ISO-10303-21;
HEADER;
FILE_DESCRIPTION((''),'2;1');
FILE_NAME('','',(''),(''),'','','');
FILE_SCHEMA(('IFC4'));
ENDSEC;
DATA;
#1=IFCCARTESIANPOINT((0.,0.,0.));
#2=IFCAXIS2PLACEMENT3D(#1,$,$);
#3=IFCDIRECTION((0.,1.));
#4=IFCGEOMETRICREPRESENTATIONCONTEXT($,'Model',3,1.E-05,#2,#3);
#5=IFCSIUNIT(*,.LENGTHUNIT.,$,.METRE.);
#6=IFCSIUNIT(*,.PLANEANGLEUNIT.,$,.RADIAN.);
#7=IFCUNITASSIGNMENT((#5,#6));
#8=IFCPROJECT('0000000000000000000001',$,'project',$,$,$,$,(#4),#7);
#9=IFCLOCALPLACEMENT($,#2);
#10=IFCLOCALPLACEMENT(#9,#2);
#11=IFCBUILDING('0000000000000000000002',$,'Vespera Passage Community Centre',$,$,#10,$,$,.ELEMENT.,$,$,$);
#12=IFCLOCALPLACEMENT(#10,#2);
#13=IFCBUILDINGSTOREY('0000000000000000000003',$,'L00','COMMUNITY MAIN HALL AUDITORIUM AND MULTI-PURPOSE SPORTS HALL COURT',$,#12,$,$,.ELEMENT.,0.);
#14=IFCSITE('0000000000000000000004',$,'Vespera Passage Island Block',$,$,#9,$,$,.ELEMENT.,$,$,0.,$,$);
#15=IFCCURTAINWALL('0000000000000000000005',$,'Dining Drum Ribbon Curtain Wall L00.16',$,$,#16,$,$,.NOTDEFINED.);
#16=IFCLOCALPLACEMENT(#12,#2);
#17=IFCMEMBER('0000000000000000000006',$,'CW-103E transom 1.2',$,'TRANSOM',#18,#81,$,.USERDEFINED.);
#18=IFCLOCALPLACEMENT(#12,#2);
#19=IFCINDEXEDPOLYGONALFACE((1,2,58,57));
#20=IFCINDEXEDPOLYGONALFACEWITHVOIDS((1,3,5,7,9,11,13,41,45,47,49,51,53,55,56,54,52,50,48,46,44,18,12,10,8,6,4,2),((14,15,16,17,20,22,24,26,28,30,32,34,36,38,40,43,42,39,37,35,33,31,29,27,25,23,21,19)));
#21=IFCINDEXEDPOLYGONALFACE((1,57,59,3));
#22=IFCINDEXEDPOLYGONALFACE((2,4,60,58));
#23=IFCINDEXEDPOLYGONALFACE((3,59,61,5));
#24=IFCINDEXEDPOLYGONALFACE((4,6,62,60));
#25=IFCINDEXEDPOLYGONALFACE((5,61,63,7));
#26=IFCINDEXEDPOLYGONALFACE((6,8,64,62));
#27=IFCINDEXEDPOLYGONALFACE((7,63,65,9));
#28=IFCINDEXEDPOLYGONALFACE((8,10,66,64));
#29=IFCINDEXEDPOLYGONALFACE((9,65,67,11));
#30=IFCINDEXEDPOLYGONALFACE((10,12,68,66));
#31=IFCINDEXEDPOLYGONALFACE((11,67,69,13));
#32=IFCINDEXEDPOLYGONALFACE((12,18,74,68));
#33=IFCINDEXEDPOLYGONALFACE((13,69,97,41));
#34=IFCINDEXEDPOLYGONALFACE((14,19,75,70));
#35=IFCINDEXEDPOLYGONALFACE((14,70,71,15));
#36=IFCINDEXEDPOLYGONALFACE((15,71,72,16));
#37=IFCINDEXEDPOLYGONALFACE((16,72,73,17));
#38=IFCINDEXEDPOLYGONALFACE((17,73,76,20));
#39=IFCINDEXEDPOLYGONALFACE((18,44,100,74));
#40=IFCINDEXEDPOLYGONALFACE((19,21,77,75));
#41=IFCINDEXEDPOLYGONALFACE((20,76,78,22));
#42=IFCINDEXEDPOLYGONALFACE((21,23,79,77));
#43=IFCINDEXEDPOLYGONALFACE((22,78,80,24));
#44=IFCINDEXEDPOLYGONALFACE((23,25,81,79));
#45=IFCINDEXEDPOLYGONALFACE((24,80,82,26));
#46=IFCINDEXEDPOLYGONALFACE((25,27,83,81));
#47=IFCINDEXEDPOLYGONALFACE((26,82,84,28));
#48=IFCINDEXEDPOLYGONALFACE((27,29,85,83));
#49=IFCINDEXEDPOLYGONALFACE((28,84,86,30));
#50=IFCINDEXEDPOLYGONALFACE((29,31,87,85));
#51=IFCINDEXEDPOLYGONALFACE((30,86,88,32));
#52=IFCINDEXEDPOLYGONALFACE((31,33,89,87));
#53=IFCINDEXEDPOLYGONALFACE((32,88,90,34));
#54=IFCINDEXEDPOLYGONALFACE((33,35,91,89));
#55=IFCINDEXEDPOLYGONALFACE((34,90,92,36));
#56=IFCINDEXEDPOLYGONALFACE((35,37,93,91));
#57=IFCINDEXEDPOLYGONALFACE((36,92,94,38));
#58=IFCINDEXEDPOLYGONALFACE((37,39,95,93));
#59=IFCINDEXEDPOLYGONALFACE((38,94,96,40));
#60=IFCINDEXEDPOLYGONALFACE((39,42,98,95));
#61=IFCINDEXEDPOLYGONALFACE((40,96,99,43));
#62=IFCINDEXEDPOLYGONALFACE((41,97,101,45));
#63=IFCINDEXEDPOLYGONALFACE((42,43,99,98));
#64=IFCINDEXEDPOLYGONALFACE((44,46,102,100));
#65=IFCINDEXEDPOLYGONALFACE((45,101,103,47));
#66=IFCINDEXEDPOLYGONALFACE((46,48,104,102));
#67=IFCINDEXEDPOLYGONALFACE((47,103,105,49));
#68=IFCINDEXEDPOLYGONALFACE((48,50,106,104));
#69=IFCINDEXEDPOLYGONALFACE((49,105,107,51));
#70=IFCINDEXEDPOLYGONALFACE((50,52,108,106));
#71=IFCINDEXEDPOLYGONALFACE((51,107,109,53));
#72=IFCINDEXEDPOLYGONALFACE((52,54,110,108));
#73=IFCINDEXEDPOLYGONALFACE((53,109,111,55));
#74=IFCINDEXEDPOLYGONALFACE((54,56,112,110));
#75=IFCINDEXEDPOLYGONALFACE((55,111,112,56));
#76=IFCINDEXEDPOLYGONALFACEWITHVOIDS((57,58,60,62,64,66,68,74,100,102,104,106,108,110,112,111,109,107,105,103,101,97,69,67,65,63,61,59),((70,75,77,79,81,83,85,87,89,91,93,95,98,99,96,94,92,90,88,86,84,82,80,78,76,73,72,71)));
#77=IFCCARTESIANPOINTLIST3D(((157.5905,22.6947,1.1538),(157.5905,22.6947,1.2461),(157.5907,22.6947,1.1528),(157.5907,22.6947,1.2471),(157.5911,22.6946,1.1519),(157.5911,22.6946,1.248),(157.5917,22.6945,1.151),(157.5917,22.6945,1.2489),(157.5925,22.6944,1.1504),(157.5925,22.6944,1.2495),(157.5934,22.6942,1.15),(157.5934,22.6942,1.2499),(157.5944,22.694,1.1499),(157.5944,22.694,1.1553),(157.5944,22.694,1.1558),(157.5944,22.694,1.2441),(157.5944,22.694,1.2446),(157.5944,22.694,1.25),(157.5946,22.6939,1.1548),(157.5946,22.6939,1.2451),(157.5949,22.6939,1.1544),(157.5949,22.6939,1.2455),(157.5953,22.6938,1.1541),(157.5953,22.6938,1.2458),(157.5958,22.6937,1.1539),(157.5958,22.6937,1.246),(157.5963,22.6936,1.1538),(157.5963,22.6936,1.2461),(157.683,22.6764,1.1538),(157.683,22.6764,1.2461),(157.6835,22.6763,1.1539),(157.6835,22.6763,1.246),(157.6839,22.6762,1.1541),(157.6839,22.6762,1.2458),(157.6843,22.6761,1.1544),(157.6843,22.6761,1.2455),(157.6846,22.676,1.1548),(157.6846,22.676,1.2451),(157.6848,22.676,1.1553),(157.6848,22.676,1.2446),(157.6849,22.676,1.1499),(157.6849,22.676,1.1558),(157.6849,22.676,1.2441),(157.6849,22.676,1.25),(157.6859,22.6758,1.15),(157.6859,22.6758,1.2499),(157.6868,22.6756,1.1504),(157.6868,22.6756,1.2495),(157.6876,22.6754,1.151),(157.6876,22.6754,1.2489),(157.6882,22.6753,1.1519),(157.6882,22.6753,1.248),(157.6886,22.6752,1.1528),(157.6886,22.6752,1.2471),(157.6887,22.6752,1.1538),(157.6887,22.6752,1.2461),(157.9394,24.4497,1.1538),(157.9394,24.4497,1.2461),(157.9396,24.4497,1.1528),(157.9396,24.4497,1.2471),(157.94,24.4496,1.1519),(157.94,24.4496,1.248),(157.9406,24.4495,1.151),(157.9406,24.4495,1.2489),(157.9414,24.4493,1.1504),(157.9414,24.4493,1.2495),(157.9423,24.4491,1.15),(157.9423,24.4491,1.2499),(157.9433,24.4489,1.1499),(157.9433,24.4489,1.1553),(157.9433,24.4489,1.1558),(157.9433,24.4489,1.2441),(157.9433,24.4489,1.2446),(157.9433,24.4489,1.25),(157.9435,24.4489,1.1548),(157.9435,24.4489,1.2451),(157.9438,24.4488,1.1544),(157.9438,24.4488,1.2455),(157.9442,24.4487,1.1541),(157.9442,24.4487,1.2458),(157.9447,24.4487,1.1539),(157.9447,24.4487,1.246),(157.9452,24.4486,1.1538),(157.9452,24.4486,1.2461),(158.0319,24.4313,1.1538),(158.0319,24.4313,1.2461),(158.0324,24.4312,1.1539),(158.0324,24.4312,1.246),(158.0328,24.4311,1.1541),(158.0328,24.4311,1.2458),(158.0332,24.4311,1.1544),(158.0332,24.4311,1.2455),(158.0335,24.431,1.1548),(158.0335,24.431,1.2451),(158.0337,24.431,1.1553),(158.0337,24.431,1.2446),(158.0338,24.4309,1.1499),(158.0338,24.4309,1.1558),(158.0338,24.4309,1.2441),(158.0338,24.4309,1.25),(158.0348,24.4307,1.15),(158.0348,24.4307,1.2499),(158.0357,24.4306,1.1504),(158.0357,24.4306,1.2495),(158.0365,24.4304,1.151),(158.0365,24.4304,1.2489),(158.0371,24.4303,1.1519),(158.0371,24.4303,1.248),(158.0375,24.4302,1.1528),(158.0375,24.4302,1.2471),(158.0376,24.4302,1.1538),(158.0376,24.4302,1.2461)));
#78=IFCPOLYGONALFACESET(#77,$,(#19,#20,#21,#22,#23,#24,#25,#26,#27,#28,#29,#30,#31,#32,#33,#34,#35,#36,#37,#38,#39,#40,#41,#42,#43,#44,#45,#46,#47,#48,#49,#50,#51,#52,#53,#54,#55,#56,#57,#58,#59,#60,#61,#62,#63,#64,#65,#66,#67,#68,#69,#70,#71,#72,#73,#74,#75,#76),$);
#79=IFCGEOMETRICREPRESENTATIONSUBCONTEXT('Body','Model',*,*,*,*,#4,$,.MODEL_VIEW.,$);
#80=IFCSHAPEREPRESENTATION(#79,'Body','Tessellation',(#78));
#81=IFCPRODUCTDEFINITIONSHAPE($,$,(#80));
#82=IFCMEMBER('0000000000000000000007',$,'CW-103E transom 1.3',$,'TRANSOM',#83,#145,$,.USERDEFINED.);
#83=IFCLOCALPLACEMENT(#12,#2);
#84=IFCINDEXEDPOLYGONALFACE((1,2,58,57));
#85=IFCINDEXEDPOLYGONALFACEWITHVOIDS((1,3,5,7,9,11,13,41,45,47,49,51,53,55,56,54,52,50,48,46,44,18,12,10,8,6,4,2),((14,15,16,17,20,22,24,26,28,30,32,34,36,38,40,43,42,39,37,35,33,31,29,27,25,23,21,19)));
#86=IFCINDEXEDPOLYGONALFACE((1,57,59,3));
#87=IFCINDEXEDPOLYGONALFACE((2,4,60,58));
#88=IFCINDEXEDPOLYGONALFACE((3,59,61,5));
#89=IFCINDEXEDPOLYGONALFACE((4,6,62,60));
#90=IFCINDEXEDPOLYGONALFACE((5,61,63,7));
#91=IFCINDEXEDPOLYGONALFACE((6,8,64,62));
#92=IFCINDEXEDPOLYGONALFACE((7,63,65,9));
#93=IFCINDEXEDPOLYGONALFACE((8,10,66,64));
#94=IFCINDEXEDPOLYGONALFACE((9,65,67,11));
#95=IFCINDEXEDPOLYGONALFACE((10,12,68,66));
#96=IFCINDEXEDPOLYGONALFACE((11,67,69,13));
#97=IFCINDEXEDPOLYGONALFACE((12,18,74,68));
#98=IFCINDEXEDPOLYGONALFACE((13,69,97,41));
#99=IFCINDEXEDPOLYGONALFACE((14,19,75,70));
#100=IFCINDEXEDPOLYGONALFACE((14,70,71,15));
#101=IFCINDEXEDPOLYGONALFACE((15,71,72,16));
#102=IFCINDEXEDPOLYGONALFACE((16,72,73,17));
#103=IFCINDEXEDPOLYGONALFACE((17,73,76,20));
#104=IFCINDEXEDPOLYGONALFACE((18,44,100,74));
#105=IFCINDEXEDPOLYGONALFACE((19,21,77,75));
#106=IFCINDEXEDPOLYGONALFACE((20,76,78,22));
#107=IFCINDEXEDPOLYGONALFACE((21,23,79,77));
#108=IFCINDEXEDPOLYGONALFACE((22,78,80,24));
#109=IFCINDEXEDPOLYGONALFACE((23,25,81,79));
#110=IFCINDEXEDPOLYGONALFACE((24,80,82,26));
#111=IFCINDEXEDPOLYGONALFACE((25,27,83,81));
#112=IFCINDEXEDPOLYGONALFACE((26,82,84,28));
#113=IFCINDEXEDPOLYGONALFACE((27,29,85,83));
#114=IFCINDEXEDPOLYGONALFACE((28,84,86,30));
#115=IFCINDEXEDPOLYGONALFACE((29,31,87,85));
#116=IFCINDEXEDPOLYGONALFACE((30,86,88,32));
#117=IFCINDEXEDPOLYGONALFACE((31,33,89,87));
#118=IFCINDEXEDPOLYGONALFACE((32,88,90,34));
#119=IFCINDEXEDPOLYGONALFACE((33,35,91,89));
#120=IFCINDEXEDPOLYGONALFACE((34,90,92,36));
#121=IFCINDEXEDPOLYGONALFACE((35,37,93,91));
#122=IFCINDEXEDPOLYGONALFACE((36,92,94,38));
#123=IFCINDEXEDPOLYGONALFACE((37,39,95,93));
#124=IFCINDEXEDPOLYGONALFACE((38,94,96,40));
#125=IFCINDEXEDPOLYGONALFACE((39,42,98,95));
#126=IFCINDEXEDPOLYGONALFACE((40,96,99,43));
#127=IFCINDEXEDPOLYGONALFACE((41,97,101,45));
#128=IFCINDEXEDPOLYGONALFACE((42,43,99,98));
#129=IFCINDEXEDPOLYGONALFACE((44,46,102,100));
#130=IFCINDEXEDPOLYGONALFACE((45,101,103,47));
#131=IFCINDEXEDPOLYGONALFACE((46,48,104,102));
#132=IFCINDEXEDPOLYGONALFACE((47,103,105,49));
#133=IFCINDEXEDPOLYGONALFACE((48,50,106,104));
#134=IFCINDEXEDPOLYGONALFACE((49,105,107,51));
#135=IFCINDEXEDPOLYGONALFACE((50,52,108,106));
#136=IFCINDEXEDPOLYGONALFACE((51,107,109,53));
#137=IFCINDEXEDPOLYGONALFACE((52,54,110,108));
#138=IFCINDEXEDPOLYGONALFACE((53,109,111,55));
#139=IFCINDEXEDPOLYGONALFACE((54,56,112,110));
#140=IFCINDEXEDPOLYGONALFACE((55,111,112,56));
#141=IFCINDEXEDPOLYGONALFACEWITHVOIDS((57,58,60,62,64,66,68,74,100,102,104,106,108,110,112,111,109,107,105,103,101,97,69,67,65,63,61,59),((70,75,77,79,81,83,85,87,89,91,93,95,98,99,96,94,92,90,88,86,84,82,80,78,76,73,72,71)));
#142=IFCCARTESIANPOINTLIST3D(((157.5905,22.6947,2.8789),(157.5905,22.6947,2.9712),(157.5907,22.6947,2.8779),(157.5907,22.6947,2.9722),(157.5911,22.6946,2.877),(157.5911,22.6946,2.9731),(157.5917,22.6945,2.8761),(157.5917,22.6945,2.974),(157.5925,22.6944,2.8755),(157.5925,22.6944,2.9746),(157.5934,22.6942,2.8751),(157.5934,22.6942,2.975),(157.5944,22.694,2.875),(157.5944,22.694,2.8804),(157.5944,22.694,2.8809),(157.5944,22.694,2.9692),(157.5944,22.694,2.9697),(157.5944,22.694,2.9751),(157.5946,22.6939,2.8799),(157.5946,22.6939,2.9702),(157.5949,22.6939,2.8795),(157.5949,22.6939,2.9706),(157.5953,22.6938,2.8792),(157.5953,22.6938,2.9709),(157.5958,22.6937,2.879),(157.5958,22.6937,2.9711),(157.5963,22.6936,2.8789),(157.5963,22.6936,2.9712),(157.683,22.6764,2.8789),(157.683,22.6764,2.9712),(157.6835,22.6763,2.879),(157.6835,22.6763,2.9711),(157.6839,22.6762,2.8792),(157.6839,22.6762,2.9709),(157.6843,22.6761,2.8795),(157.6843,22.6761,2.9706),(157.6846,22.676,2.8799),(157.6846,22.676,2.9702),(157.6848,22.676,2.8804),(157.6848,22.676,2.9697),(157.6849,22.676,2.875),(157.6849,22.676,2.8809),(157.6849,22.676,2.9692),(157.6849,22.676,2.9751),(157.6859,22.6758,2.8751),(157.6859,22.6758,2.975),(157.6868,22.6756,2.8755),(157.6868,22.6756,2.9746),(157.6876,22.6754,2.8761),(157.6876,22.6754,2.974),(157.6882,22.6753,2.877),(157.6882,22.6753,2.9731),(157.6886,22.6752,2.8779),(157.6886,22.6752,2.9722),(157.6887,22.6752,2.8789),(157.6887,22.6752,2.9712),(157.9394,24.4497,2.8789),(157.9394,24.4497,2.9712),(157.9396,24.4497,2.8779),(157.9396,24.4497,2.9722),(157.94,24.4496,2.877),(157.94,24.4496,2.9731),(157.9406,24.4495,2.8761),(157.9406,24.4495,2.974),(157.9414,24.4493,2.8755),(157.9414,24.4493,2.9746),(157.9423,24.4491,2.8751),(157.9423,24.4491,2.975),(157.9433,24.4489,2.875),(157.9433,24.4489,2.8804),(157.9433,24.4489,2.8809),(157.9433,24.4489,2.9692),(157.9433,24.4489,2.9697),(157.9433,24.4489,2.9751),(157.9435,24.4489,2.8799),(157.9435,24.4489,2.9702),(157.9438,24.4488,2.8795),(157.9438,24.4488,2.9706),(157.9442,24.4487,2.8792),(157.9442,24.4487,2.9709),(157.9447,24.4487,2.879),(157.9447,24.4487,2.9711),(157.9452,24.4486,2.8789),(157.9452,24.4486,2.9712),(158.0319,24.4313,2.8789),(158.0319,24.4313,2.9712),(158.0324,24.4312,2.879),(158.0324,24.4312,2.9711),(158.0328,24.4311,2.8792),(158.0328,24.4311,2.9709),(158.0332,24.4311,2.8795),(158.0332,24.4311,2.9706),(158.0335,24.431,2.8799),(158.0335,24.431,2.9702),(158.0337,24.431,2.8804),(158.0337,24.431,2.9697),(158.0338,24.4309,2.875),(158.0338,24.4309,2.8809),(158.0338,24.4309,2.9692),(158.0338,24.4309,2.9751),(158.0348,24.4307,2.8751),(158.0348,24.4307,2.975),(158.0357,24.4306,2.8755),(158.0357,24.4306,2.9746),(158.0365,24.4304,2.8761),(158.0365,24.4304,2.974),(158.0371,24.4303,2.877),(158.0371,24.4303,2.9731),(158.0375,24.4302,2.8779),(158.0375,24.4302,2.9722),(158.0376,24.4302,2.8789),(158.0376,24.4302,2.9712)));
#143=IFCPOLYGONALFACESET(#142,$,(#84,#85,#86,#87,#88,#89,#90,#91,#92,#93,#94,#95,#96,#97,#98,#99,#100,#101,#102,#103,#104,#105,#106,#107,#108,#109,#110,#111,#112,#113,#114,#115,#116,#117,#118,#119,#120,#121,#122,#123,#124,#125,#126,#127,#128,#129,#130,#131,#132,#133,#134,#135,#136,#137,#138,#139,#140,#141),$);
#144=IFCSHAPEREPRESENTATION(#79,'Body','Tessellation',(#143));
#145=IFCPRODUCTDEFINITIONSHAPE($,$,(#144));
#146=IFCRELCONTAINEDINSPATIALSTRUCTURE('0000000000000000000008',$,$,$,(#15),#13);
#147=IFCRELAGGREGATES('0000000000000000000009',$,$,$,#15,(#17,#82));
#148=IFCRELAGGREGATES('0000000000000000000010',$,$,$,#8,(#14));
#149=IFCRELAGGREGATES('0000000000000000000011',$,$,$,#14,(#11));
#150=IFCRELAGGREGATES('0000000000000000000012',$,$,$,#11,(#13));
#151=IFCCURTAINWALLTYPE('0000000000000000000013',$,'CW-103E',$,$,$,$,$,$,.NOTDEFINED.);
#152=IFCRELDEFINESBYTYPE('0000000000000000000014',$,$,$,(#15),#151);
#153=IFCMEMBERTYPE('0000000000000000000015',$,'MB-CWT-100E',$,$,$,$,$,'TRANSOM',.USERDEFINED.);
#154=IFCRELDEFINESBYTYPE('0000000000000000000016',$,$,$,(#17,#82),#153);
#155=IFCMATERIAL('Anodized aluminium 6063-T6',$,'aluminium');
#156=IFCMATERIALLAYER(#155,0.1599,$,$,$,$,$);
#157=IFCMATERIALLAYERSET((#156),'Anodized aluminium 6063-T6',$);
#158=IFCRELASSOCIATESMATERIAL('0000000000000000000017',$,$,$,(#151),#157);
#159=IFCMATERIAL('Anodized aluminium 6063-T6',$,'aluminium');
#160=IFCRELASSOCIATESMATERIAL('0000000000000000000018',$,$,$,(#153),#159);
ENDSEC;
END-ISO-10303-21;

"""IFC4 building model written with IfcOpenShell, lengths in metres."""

from ifc_helpers import new_model, si_unit, direction, frame, origin, origin_2d, place, context, subcontext, project, spatial, hollow_rectangle, extrude, material, layer, layer_set, material_profile, profile_set, type_object, element, aggregate, save


model = new_model("IFC4")

# Units and contexts
model_context = context("Model", 3, precision=1e-05, world=origin(), true_north=direction((0.0, 1.0)))
body_context = subcontext(model_context, "Body", "Model", "MODEL_VIEW")
ifc_project = project(units=[si_unit("LENGTHUNIT", "METRE"), si_unit("PLANEANGLEUNIT", "RADIAN")], contexts=[model_context])

# Site, building, storey
site_placement = place(None, origin())
site = spatial("IfcSite", under=ifc_project, at=site_placement, Name="Vespera Passage Island Block", CompositionType="ELEMENT", RefElevation=0.0)
building_placement = place(site_placement, origin())
building = spatial("IfcBuilding", under=site, at=building_placement, Name="Vespera Passage Community Centre", CompositionType="ELEMENT")
storey_placement = place(building_placement, origin())
storey = spatial("IfcBuildingStorey", under=building, at=storey_placement, Name="L00", Description="COMMUNITY MAIN HALL AUDITORIUM AND MULTI-PURPOSE SPORTS HALL COURT", CompositionType="ELEMENT", Elevation=0.0)

# Curtain wall
ifc_material_1 = material(Name="Anodized aluminium 6063-T6", Category="aluminium")
ifc_layer_1 = layer(ifc_material_1, 0.1599)
ifc_layer_set_1 = layer_set([ifc_layer_1], Name="Anodized aluminium 6063-T6")
curtain_wall_type_1 = type_object("IfcCurtainWallType", Name="CW-103E", PredefinedType="NOTDEFINED", material=ifc_layer_set_1)
curtain_wall_1_placement = place(storey_placement, origin())
curtain_wall_1 = element("IfcCurtainWall", 1, at=curtain_wall_1_placement, inside=storey, type_object=curtain_wall_type_1, Name="Dining Drum Ribbon Curtain Wall L00.16", PredefinedType="NOTDEFINED")

# Members
ifc_material_2 = material(Name="Anodized aluminium 6063-T6", Category="aluminium")
ifc_material_profile_1 = material_profile(ifc_material_2, hollow_rectangle(XDim=0.1001, YDim=0.1001, WallThickness=0.0039, InnerFilletRadius=0.002, OuterFilletRadius=0.0039, at=origin_2d()), Name="ALU100X100X4")
ifc_profile_set_1 = profile_set([ifc_material_profile_1], Name="Anodized aluminium 6063-T6")
member_type_1 = type_object("IfcMemberType", Name="MB-CWT-100E", ElementType="TRANSOM", PredefinedType="USERDEFINED", material=ifc_profile_set_1)
member_1_placement = place(storey_placement, frame((157.9885, 24.4399, 1.2), z_axis=(-0.194988, -0.980806, 0.0), x_axis=(0.980806, -0.194988, 0.0)))
member_1 = element("IfcMember", 2, at=member_1_placement, type_object=member_type_1, Name="CW-103E transom 1.2", ObjectType="TRANSOM", PredefinedType="USERDEFINED", context=body_context, shape_type="SweptSolid", body=[
    extrude(hollow_rectangle(XDim=0.1001, YDim=0.1001, WallThickness=0.0039, InnerFilletRadius=0.002, OuterFilletRadius=0.0039, at=origin_2d()), origin(), (0.0, 0.0, 1.0), 1.7893),
])
member_2_placement = place(storey_placement, frame((157.9885, 24.4399, 2.925), z_axis=(-0.194988, -0.980806, 0.0), x_axis=(0.980806, -0.194988, 0.0)))
member_2 = element("IfcMember", 3, at=member_2_placement, type_object=member_type_1, Name="CW-103E transom 1.3", ObjectType="TRANSOM", PredefinedType="USERDEFINED", context=body_context, shape_type="SweptSolid", body=[
    extrude(hollow_rectangle(XDim=0.1001, YDim=0.1001, WallThickness=0.0039, InnerFilletRadius=0.002, OuterFilletRadius=0.0039, at=origin_2d()), origin(), (0.0, 0.0, 1.0), 1.7893),
])

aggregate(curtain_wall_1, [member_1, member_2])

save(model, "model.ifc")
